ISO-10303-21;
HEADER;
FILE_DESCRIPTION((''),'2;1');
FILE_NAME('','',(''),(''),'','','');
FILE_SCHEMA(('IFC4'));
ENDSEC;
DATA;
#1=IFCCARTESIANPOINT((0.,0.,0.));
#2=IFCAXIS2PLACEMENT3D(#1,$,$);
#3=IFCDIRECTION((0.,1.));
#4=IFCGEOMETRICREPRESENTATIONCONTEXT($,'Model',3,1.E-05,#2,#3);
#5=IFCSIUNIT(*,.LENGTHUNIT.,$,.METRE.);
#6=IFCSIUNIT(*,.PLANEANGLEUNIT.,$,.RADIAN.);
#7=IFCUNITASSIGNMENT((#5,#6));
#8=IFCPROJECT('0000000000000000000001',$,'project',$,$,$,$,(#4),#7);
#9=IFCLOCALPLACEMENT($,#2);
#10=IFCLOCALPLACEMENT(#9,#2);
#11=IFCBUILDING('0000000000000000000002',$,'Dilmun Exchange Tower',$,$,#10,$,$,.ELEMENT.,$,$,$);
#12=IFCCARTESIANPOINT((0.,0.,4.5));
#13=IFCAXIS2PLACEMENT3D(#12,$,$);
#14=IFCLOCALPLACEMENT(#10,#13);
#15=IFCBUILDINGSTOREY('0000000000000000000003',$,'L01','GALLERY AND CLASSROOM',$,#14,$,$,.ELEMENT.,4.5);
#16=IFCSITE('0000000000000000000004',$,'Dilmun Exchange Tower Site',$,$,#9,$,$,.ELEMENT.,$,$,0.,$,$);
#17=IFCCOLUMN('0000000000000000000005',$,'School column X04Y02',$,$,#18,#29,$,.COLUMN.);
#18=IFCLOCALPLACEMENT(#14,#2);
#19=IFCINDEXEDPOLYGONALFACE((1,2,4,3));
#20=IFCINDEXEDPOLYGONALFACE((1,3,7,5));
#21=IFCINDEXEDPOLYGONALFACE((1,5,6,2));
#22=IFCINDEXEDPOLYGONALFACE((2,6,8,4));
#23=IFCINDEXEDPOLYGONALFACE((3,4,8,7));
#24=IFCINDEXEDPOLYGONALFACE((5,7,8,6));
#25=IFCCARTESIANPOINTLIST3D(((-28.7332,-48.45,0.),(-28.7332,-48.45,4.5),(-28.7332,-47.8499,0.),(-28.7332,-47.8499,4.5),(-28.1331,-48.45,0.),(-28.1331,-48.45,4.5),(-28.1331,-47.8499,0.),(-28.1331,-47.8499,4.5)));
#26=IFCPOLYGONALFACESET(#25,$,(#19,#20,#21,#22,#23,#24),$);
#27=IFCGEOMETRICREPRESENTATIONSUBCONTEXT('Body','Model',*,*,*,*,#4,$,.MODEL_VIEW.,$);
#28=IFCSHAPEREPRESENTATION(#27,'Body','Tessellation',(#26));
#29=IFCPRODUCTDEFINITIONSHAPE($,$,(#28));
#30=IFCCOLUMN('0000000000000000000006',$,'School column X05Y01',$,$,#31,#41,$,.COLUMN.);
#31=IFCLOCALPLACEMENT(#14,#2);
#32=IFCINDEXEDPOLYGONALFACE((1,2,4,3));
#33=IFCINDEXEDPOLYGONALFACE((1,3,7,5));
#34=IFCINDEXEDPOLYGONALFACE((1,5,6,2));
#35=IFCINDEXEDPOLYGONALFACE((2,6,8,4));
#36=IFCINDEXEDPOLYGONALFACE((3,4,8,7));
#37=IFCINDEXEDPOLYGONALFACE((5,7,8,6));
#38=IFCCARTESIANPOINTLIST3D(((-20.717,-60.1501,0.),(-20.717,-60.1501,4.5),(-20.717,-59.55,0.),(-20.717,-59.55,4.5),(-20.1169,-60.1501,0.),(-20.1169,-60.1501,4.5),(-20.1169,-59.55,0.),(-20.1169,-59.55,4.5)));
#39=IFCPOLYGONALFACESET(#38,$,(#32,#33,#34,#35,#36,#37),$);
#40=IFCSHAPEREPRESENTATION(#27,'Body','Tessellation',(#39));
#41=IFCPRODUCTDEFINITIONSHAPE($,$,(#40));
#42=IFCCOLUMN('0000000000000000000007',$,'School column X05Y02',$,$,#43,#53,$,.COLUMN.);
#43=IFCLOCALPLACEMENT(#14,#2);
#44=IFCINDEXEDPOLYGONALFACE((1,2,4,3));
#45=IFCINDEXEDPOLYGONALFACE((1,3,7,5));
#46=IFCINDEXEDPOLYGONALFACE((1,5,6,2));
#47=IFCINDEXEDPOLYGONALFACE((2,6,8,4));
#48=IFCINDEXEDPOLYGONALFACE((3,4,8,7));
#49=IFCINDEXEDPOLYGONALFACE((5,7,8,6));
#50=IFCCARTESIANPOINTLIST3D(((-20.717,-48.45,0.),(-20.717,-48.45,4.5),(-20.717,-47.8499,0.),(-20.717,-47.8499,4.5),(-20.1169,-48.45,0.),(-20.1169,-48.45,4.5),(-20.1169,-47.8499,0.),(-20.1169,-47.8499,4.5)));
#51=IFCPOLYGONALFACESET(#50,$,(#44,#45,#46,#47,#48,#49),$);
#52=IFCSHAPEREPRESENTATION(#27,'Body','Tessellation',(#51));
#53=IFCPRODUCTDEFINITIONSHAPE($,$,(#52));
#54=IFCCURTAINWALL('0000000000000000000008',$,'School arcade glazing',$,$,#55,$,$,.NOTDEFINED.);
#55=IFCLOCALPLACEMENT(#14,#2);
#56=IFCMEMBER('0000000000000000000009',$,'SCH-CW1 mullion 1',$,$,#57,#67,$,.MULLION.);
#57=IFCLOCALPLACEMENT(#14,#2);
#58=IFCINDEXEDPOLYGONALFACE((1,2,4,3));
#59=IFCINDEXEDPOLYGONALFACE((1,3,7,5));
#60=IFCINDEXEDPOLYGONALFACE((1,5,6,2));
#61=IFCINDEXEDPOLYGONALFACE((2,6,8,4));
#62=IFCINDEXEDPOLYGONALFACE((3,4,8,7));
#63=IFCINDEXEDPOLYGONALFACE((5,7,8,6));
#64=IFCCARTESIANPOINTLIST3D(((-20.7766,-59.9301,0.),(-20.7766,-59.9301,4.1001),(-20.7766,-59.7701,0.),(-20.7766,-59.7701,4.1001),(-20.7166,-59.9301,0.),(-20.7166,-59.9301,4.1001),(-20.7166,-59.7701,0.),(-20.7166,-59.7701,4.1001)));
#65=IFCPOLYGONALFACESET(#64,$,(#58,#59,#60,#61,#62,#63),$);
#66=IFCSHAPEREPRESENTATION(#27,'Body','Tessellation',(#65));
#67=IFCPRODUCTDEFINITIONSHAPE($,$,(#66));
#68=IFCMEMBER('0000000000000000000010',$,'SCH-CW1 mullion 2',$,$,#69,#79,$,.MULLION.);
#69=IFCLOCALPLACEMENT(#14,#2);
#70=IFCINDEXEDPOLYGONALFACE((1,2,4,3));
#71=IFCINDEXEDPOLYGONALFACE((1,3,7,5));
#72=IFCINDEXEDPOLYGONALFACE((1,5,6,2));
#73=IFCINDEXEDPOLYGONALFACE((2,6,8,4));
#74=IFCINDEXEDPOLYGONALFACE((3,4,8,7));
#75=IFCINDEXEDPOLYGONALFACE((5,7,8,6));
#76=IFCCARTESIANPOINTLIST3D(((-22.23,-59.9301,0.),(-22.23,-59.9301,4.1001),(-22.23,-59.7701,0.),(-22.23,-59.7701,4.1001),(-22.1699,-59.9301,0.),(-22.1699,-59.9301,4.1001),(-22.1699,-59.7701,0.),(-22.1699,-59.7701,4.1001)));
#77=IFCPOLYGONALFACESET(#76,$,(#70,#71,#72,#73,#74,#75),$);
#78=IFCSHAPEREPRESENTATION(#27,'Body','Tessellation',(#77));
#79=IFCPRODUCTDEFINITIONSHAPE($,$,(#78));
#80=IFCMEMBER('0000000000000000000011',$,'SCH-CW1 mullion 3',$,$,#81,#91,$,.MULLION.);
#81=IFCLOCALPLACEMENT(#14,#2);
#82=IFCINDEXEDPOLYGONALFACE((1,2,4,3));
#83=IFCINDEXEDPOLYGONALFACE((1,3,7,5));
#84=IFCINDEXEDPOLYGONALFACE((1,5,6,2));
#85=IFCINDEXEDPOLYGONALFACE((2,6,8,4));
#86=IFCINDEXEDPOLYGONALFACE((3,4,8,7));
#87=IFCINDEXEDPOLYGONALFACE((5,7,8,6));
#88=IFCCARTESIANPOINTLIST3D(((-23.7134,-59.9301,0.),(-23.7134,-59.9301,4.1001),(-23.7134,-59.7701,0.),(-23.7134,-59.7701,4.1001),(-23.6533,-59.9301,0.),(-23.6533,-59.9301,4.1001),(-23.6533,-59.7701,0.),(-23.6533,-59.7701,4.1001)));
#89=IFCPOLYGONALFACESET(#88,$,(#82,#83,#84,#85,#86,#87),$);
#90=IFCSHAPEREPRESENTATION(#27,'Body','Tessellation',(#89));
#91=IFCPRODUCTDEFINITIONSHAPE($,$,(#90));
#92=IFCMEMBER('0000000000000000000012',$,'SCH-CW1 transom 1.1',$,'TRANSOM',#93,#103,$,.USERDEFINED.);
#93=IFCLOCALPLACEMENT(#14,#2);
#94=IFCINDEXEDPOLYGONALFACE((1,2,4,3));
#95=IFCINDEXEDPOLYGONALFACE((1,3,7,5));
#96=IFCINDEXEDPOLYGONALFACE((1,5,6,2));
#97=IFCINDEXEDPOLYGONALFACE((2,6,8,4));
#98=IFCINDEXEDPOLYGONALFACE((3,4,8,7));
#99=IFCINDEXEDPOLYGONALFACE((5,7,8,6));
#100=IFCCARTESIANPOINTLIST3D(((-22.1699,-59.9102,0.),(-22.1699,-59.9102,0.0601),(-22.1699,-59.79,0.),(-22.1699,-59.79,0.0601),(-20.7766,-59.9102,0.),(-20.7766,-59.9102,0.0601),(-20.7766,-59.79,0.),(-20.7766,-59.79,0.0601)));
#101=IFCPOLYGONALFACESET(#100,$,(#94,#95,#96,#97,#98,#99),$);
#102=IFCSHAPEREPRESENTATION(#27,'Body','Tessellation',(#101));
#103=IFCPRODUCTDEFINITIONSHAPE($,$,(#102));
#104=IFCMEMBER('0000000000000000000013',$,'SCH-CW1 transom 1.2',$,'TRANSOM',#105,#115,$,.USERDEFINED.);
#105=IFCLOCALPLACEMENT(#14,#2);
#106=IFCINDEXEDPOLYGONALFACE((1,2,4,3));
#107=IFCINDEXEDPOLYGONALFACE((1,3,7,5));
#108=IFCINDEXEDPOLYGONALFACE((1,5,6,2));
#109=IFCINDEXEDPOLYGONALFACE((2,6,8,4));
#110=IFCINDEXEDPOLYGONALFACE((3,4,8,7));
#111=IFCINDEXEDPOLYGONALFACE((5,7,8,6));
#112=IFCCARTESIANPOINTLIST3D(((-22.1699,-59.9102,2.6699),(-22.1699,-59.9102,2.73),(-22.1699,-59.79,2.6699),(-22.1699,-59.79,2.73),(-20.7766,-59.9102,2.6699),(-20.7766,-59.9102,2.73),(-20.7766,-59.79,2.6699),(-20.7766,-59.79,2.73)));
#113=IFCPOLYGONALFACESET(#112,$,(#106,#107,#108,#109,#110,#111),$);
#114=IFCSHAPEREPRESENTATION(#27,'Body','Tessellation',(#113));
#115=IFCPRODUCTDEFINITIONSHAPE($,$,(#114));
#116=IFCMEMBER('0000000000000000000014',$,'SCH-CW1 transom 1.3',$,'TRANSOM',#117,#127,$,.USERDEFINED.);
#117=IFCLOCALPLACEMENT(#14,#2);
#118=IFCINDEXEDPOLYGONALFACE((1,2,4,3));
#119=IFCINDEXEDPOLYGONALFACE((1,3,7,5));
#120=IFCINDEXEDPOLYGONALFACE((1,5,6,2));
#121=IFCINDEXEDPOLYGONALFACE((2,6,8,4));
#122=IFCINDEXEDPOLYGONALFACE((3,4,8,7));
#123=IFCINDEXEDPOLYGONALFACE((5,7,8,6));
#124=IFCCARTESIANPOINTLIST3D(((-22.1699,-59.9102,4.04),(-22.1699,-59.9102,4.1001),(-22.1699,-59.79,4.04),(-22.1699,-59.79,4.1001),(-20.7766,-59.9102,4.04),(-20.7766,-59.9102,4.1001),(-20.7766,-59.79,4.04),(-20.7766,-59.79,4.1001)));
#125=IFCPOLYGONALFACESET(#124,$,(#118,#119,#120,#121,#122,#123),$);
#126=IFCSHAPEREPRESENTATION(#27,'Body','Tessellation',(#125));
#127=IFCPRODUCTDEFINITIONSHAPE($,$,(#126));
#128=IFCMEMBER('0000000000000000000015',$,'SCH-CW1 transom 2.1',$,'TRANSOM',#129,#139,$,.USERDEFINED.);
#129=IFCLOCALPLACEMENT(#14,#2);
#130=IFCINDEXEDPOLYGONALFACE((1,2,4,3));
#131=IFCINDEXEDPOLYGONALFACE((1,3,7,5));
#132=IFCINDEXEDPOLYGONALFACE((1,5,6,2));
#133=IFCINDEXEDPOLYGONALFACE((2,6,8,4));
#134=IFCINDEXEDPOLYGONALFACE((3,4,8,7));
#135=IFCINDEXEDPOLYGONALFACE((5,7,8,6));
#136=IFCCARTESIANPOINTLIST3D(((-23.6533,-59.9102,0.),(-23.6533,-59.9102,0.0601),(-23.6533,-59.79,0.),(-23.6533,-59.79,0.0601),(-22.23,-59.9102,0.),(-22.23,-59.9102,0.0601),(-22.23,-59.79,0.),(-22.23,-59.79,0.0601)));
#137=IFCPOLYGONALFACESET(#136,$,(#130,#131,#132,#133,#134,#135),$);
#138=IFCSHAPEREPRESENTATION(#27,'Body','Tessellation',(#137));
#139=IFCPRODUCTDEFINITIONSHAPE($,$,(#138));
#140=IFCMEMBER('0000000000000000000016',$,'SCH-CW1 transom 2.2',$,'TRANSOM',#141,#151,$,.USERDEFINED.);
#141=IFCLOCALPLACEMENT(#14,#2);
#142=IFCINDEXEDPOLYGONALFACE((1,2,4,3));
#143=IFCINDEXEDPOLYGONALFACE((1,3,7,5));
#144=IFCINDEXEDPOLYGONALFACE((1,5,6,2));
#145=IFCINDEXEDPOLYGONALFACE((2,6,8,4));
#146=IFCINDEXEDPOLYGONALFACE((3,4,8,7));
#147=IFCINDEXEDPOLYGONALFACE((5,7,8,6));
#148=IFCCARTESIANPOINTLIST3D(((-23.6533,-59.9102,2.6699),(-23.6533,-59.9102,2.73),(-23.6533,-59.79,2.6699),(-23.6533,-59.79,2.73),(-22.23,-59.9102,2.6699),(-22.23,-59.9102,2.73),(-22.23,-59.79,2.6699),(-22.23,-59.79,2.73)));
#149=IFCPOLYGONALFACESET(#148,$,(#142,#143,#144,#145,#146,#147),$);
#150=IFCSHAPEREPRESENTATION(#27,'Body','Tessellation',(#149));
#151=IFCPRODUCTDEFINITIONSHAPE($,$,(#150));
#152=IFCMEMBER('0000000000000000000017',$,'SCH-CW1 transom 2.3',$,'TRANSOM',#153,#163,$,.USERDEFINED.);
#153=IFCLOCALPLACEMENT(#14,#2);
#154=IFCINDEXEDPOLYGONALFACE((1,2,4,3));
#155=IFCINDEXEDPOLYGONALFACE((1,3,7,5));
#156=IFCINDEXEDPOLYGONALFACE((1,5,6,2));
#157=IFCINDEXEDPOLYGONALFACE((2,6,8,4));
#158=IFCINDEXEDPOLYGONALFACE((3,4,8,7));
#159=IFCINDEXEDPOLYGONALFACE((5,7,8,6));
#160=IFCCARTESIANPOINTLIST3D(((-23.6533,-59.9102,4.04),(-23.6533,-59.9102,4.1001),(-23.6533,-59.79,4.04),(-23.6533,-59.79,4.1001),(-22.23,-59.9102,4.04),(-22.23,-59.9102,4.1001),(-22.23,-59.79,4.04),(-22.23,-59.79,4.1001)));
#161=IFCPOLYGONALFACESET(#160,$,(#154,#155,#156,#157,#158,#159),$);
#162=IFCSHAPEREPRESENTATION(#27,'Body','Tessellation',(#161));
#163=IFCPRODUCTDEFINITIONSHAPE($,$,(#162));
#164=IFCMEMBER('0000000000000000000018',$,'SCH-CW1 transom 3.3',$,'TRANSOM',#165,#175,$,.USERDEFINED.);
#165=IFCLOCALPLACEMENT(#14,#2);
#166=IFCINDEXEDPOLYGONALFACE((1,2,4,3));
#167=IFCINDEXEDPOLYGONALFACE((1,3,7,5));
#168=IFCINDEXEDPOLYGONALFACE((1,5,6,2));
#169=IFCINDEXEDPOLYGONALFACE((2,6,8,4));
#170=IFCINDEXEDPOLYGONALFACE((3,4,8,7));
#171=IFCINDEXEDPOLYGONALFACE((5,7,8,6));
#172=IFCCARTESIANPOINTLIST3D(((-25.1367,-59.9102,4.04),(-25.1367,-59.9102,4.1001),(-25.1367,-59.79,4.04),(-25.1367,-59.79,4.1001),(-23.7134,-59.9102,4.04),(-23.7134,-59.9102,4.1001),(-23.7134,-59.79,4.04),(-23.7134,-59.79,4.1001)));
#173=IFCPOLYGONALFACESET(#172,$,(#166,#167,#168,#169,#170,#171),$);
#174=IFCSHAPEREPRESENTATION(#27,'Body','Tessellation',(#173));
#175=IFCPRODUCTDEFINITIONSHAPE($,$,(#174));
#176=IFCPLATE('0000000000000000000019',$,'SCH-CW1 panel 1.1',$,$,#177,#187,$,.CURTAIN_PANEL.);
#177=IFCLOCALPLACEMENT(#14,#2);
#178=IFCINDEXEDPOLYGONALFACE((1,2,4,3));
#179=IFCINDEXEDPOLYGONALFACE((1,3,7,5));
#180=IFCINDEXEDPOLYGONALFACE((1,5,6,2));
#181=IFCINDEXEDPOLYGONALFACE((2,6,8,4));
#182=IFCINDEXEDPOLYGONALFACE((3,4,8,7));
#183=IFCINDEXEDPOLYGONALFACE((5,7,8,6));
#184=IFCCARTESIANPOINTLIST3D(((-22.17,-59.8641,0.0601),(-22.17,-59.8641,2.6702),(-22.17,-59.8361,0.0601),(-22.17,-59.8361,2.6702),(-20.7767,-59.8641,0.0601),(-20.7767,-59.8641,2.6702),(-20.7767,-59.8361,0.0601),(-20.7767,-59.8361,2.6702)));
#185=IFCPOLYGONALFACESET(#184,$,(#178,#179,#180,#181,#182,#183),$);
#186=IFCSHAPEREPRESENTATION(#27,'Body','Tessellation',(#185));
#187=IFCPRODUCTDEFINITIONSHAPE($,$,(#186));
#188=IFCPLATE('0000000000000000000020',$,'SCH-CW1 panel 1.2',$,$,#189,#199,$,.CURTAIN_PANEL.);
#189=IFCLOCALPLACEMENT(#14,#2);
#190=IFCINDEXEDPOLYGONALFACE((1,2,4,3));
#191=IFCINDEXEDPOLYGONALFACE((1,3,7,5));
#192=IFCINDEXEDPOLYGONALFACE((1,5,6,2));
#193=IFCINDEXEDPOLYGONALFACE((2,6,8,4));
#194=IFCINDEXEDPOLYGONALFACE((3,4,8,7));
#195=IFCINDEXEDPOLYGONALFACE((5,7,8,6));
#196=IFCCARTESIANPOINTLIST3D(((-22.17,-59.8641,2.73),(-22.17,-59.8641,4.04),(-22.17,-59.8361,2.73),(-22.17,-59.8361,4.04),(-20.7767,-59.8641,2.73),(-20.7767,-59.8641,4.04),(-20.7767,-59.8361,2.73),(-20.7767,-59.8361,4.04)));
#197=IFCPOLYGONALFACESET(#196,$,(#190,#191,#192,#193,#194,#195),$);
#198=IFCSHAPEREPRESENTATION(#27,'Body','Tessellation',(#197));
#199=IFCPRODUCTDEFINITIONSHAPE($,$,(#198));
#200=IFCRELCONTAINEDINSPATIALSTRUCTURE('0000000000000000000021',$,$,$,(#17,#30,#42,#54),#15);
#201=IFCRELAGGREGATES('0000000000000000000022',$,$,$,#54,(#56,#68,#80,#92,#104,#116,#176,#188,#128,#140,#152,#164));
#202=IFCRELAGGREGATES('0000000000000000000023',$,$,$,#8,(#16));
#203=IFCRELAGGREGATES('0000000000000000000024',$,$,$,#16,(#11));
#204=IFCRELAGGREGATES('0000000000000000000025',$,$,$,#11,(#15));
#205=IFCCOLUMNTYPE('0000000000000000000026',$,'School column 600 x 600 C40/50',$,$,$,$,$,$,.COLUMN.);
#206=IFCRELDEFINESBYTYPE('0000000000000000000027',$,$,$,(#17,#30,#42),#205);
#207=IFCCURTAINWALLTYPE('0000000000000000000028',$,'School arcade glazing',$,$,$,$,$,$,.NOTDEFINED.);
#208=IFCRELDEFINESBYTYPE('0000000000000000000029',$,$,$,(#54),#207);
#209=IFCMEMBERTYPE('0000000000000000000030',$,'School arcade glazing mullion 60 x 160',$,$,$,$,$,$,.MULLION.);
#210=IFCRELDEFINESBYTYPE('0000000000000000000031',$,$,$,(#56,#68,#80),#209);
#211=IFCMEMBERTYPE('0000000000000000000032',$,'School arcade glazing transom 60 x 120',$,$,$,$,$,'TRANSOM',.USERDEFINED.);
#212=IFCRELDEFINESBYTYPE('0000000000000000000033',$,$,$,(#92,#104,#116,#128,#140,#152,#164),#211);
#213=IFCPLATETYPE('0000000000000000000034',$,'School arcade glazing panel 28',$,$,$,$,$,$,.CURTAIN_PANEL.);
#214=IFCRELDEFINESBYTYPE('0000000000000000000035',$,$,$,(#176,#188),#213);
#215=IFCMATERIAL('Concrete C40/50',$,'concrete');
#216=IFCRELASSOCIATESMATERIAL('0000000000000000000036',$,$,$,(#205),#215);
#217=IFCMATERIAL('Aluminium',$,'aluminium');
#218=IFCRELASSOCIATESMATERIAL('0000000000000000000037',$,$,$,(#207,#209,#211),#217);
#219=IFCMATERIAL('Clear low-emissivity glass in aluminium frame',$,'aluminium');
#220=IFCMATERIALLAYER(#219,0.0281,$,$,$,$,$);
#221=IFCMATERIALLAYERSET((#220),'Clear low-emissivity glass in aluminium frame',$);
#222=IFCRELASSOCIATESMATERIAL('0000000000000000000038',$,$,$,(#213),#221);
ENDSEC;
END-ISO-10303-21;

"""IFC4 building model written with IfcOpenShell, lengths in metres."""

from ifc_helpers import new_model, si_unit, direction, frame, origin, origin_2d, place, context, subcontext, project, spatial, rectangle, extrude, material, layer, layer_set, material_profile, profile_set, type_object, element, aggregate, save


model = new_model("IFC4")

# Units and contexts
model_context = context("Model", 3, precision=1e-05, world=origin(), true_north=direction((0.0, 1.0)))
body_context = subcontext(model_context, "Body", "Model", "MODEL_VIEW")
ifc_project = project(units=[si_unit("LENGTHUNIT", "METRE"), si_unit("PLANEANGLEUNIT", "RADIAN")], contexts=[model_context])

# Site, building, storey
site_placement = place(None, origin())
site = spatial("IfcSite", under=ifc_project, at=site_placement, Name="Dilmun Exchange Tower Site", CompositionType="ELEMENT", RefElevation=0.0)
building_placement = place(site_placement, origin())
building = spatial("IfcBuilding", under=site, at=building_placement, Name="Dilmun Exchange Tower", CompositionType="ELEMENT")
storey_placement = place(building_placement, frame((0.0, 0.0, 4.5)))
storey = spatial("IfcBuildingStorey", under=building, at=storey_placement, Name="L01", Description="GALLERY AND CLASSROOM", CompositionType="ELEMENT", Elevation=4.5)

# Columns
ifc_material_1 = material(Name="Concrete C40/50", Category="concrete")
ifc_material_profile_1 = material_profile(ifc_material_1, rectangle(XDim=0.6001, YDim=0.6001, at=origin_2d()), Name="600 x 600")
ifc_profile_set_1 = profile_set([ifc_material_profile_1], Name="Concrete C40/50")
column_type = type_object("IfcColumnType", Name="School column 600 x 600 C40/50", PredefinedType="COLUMN", material=ifc_profile_set_1)
for number, where, z_axis, x_axis, name in (
    (1, (-28.4331, -48.1499, 0.0), (0.0, 0.0, 1.0), (1.0, 0.0, 0.0), "School column X04Y02"),
    (2, (-20.417, -59.8501, 0.0), (0.0, 0.0, 1.0), (1.0, 0.0, 0.0), "School column X05Y01"),
    (3, (-20.417, -48.1499, 0.0), (0.0, 0.0, 1.0), (1.0, 0.0, 0.0), "School column X05Y02"),
):
    element("IfcColumn", number, at=place(storey_placement, frame(where, z_axis=z_axis, x_axis=x_axis)), inside=storey, type_object=column_type, Name=name, PredefinedType="COLUMN", context=body_context, shape_type="SweptSolid", body=[
        extrude(rectangle(XDim=0.6001, YDim=0.6001, at=origin_2d()), origin(), (0.0, 0.0, 1.0), 4.5),
    ])

# Curtain wall, members, plates
ifc_material_2 = material(Name="Aluminium", Category="aluminium")
curtain_wall_type = type_object("IfcCurtainWallType", Name="School arcade glazing", PredefinedType="NOTDEFINED", material=ifc_material_2)
curtain_wall_placement = place(storey_placement, origin())
curtain_wall = element("IfcCurtainWall", 4, at=curtain_wall_placement, inside=storey, type_object=curtain_wall_type, Name="School arcade glazing", PredefinedType="NOTDEFINED")
ifc_material_profile_2 = material_profile(ifc_material_2, rectangle(XDim=0.1599, YDim=0.0601, at=origin_2d()), Name="60 x 160")
ifc_profile_set_2 = profile_set([ifc_material_profile_2], Name="Aluminium")
member_type_1 = type_object("IfcMemberType", Name="School arcade glazing mullion 60 x 160", PredefinedType="MULLION", material=ifc_profile_set_2)
member_1_placement = place(storey_placement, frame((-20.7466, -59.8501, 0.0), z_axis=(0.0, 0.0, 1.0), x_axis=(0.0, -1.0, 0.0)))
member_1 = element("IfcMember", 5, at=member_1_placement, type_object=member_type_1, Name="SCH-CW1 mullion 1", PredefinedType="MULLION", context=body_context, shape_type="SweptSolid", body=[
    extrude(rectangle(XDim=0.1599, YDim=0.0601, at=origin_2d()), origin(), (0.0, 0.0, 1.0), 4.1001),
])
member_2_placement = place(storey_placement, frame((-22.2, -59.8501, 0.0), z_axis=(0.0, 0.0, 1.0), x_axis=(0.0, -1.0, 0.0)))
member_2 = element("IfcMember", 6, at=member_2_placement, type_object=member_type_1, Name="SCH-CW1 mullion 2", PredefinedType="MULLION", context=body_context, shape_type="SweptSolid", body=[
    extrude(rectangle(XDim=0.1599, YDim=0.0601, at=origin_2d()), origin(), (0.0, 0.0, 1.0), 4.1001),
])
member_3_placement = place(storey_placement, frame((-23.6833, -59.8501, 0.0), z_axis=(0.0, 0.0, 1.0), x_axis=(0.0, -1.0, 0.0)))
member_3 = element("IfcMember", 7, at=member_3_placement, type_object=member_type_1, Name="SCH-CW1 mullion 3", PredefinedType="MULLION", context=body_context, shape_type="SweptSolid", body=[
    extrude(rectangle(XDim=0.1599, YDim=0.0601, at=origin_2d()), origin(), (0.0, 0.0, 1.0), 4.1001),
])
ifc_material_profile_3 = material_profile(ifc_material_2, rectangle(XDim=0.1201, YDim=0.0601, at=origin_2d()), Name="60 x 120")
ifc_profile_set_3 = profile_set([ifc_material_profile_3], Name="Aluminium")
member_type_2 = type_object("IfcMemberType", Name="School arcade glazing transom 60 x 120", ElementType="TRANSOM", PredefinedType="USERDEFINED", material=ifc_profile_set_3)
member_4_placement = place(storey_placement, frame((-20.7766, -59.8501, 0.03), z_axis=(-1.0, 0.0, 0.0), x_axis=(0.0, -1.0, 0.0)))
member_4 = element("IfcMember", 8, at=member_4_placement, type_object=member_type_2, Name="SCH-CW1 transom 1.1", ObjectType="TRANSOM", PredefinedType="USERDEFINED", context=body_context, shape_type="SweptSolid", body=[
    extrude(rectangle(XDim=0.1201, YDim=0.0601, at=origin_2d()), origin(), (0.0, 0.0, 1.0), 1.3933),
])
member_5_placement = place(storey_placement, frame((-20.7766, -59.8501, 2.7), z_axis=(-1.0, 0.0, 0.0), x_axis=(0.0, -1.0, 0.0)))
member_5 = element("IfcMember", 9, at=member_5_placement, type_object=member_type_2, Name="SCH-CW1 transom 1.2", ObjectType="TRANSOM", PredefinedType="USERDEFINED", context=body_context, shape_type="SweptSolid", body=[
    extrude(rectangle(XDim=0.1201, YDim=0.0601, at=origin_2d()), origin(), (0.0, 0.0, 1.0), 1.3933),
])
member_6_placement = place(storey_placement, frame((-20.7766, -59.8501, 4.0701), z_axis=(-1.0, 0.0, 0.0), x_axis=(0.0, -1.0, 0.0)))
member_6 = element("IfcMember", 10, at=member_6_placement, type_object=member_type_2, Name="SCH-CW1 transom 1.3", ObjectType="TRANSOM", PredefinedType="USERDEFINED", context=body_context, shape_type="SweptSolid", body=[
    extrude(rectangle(XDim=0.1201, YDim=0.0601, at=origin_2d()), origin(), (0.0, 0.0, 1.0), 1.3933),
])
member_7_placement = place(storey_placement, frame((-22.23, -59.8501, 0.03), z_axis=(-1.0, 0.0, 0.0), x_axis=(0.0, -1.0, 0.0)))
member_7 = element("IfcMember", 11, at=member_7_placement, type_object=member_type_2, Name="SCH-CW1 transom 2.1", ObjectType="TRANSOM", PredefinedType="USERDEFINED", context=body_context, shape_type="SweptSolid", body=[
    extrude(rectangle(XDim=0.1201, YDim=0.0601, at=origin_2d()), origin(), (0.0, 0.0, 1.0), 1.4233),
])
member_8_placement = place(storey_placement, frame((-22.23, -59.8501, 2.7), z_axis=(-1.0, 0.0, 0.0), x_axis=(0.0, -1.0, 0.0)))
member_8 = element("IfcMember", 12, at=member_8_placement, type_object=member_type_2, Name="SCH-CW1 transom 2.2", ObjectType="TRANSOM", PredefinedType="USERDEFINED", context=body_context, shape_type="SweptSolid", body=[
    extrude(rectangle(XDim=0.1201, YDim=0.0601, at=origin_2d()), origin(), (0.0, 0.0, 1.0), 1.4233),
])
member_9_placement = place(storey_placement, frame((-22.23, -59.8501, 4.0701), z_axis=(-1.0, 0.0, 0.0), x_axis=(0.0, -1.0, 0.0)))
member_9 = element("IfcMember", 13, at=member_9_placement, type_object=member_type_2, Name="SCH-CW1 transom 2.3", ObjectType="TRANSOM", PredefinedType="USERDEFINED", context=body_context, shape_type="SweptSolid", body=[
    extrude(rectangle(XDim=0.1201, YDim=0.0601, at=origin_2d()), origin(), (0.0, 0.0, 1.0), 1.4233),
])
member_10_placement = place(storey_placement, frame((-23.7134, -59.8501, 4.0701), z_axis=(-1.0, 0.0, 0.0), x_axis=(0.0, -1.0, 0.0)))
member_10 = element("IfcMember", 14, at=member_10_placement, type_object=member_type_2, Name="SCH-CW1 transom 3.3", ObjectType="TRANSOM", PredefinedType="USERDEFINED", context=body_context, shape_type="SweptSolid", body=[
    extrude(rectangle(XDim=0.1201, YDim=0.0601, at=origin_2d()), origin(), (0.0, 0.0, 1.0), 1.4233),
])
ifc_material_3 = material(Name="Clear low-emissivity glass in aluminium frame", Category="aluminium")
ifc_layer_1 = layer(ifc_material_3, 0.0281)
ifc_layer_set_1 = layer_set([ifc_layer_1], Name="Clear low-emissivity glass in aluminium frame")
plate_type = type_object("IfcPlateType", Name="School arcade glazing panel 28", PredefinedType="CURTAIN_PANEL", material=ifc_layer_set_1)
plate_1_placement = place(storey_placement, frame((-21.4734, -59.8501, 0.0601), z_axis=(0.0, 0.0, 1.0), x_axis=(-1.0, 0.0, 0.0)))
plate_1 = element("IfcPlate", 15, at=plate_1_placement, type_object=plate_type, Name="SCH-CW1 panel 1.1", PredefinedType="CURTAIN_PANEL", context=body_context, shape_type="SweptSolid", body=[
    extrude(rectangle(XDim=1.3933, YDim=0.0281, at=origin_2d()), origin(), (0.0, 0.0, 1.0), 2.6101),
])
plate_2_placement = place(storey_placement, frame((-21.4734, -59.8501, 2.73), z_axis=(0.0, 0.0, 1.0), x_axis=(-1.0, 0.0, 0.0)))
plate_2 = element("IfcPlate", 16, at=plate_2_placement, type_object=plate_type, Name="SCH-CW1 panel 1.2", PredefinedType="CURTAIN_PANEL", context=body_context, shape_type="SweptSolid", body=[
    extrude(rectangle(XDim=1.3933, YDim=0.0281, at=origin_2d()), origin(), (0.0, 0.0, 1.0), 1.3101),
])
aggregate(curtain_wall, [member_1, member_2, member_3, member_4, member_5, member_6, plate_1, plate_2, member_7, member_8, member_9, member_10])

save(model, "model.ifc")
